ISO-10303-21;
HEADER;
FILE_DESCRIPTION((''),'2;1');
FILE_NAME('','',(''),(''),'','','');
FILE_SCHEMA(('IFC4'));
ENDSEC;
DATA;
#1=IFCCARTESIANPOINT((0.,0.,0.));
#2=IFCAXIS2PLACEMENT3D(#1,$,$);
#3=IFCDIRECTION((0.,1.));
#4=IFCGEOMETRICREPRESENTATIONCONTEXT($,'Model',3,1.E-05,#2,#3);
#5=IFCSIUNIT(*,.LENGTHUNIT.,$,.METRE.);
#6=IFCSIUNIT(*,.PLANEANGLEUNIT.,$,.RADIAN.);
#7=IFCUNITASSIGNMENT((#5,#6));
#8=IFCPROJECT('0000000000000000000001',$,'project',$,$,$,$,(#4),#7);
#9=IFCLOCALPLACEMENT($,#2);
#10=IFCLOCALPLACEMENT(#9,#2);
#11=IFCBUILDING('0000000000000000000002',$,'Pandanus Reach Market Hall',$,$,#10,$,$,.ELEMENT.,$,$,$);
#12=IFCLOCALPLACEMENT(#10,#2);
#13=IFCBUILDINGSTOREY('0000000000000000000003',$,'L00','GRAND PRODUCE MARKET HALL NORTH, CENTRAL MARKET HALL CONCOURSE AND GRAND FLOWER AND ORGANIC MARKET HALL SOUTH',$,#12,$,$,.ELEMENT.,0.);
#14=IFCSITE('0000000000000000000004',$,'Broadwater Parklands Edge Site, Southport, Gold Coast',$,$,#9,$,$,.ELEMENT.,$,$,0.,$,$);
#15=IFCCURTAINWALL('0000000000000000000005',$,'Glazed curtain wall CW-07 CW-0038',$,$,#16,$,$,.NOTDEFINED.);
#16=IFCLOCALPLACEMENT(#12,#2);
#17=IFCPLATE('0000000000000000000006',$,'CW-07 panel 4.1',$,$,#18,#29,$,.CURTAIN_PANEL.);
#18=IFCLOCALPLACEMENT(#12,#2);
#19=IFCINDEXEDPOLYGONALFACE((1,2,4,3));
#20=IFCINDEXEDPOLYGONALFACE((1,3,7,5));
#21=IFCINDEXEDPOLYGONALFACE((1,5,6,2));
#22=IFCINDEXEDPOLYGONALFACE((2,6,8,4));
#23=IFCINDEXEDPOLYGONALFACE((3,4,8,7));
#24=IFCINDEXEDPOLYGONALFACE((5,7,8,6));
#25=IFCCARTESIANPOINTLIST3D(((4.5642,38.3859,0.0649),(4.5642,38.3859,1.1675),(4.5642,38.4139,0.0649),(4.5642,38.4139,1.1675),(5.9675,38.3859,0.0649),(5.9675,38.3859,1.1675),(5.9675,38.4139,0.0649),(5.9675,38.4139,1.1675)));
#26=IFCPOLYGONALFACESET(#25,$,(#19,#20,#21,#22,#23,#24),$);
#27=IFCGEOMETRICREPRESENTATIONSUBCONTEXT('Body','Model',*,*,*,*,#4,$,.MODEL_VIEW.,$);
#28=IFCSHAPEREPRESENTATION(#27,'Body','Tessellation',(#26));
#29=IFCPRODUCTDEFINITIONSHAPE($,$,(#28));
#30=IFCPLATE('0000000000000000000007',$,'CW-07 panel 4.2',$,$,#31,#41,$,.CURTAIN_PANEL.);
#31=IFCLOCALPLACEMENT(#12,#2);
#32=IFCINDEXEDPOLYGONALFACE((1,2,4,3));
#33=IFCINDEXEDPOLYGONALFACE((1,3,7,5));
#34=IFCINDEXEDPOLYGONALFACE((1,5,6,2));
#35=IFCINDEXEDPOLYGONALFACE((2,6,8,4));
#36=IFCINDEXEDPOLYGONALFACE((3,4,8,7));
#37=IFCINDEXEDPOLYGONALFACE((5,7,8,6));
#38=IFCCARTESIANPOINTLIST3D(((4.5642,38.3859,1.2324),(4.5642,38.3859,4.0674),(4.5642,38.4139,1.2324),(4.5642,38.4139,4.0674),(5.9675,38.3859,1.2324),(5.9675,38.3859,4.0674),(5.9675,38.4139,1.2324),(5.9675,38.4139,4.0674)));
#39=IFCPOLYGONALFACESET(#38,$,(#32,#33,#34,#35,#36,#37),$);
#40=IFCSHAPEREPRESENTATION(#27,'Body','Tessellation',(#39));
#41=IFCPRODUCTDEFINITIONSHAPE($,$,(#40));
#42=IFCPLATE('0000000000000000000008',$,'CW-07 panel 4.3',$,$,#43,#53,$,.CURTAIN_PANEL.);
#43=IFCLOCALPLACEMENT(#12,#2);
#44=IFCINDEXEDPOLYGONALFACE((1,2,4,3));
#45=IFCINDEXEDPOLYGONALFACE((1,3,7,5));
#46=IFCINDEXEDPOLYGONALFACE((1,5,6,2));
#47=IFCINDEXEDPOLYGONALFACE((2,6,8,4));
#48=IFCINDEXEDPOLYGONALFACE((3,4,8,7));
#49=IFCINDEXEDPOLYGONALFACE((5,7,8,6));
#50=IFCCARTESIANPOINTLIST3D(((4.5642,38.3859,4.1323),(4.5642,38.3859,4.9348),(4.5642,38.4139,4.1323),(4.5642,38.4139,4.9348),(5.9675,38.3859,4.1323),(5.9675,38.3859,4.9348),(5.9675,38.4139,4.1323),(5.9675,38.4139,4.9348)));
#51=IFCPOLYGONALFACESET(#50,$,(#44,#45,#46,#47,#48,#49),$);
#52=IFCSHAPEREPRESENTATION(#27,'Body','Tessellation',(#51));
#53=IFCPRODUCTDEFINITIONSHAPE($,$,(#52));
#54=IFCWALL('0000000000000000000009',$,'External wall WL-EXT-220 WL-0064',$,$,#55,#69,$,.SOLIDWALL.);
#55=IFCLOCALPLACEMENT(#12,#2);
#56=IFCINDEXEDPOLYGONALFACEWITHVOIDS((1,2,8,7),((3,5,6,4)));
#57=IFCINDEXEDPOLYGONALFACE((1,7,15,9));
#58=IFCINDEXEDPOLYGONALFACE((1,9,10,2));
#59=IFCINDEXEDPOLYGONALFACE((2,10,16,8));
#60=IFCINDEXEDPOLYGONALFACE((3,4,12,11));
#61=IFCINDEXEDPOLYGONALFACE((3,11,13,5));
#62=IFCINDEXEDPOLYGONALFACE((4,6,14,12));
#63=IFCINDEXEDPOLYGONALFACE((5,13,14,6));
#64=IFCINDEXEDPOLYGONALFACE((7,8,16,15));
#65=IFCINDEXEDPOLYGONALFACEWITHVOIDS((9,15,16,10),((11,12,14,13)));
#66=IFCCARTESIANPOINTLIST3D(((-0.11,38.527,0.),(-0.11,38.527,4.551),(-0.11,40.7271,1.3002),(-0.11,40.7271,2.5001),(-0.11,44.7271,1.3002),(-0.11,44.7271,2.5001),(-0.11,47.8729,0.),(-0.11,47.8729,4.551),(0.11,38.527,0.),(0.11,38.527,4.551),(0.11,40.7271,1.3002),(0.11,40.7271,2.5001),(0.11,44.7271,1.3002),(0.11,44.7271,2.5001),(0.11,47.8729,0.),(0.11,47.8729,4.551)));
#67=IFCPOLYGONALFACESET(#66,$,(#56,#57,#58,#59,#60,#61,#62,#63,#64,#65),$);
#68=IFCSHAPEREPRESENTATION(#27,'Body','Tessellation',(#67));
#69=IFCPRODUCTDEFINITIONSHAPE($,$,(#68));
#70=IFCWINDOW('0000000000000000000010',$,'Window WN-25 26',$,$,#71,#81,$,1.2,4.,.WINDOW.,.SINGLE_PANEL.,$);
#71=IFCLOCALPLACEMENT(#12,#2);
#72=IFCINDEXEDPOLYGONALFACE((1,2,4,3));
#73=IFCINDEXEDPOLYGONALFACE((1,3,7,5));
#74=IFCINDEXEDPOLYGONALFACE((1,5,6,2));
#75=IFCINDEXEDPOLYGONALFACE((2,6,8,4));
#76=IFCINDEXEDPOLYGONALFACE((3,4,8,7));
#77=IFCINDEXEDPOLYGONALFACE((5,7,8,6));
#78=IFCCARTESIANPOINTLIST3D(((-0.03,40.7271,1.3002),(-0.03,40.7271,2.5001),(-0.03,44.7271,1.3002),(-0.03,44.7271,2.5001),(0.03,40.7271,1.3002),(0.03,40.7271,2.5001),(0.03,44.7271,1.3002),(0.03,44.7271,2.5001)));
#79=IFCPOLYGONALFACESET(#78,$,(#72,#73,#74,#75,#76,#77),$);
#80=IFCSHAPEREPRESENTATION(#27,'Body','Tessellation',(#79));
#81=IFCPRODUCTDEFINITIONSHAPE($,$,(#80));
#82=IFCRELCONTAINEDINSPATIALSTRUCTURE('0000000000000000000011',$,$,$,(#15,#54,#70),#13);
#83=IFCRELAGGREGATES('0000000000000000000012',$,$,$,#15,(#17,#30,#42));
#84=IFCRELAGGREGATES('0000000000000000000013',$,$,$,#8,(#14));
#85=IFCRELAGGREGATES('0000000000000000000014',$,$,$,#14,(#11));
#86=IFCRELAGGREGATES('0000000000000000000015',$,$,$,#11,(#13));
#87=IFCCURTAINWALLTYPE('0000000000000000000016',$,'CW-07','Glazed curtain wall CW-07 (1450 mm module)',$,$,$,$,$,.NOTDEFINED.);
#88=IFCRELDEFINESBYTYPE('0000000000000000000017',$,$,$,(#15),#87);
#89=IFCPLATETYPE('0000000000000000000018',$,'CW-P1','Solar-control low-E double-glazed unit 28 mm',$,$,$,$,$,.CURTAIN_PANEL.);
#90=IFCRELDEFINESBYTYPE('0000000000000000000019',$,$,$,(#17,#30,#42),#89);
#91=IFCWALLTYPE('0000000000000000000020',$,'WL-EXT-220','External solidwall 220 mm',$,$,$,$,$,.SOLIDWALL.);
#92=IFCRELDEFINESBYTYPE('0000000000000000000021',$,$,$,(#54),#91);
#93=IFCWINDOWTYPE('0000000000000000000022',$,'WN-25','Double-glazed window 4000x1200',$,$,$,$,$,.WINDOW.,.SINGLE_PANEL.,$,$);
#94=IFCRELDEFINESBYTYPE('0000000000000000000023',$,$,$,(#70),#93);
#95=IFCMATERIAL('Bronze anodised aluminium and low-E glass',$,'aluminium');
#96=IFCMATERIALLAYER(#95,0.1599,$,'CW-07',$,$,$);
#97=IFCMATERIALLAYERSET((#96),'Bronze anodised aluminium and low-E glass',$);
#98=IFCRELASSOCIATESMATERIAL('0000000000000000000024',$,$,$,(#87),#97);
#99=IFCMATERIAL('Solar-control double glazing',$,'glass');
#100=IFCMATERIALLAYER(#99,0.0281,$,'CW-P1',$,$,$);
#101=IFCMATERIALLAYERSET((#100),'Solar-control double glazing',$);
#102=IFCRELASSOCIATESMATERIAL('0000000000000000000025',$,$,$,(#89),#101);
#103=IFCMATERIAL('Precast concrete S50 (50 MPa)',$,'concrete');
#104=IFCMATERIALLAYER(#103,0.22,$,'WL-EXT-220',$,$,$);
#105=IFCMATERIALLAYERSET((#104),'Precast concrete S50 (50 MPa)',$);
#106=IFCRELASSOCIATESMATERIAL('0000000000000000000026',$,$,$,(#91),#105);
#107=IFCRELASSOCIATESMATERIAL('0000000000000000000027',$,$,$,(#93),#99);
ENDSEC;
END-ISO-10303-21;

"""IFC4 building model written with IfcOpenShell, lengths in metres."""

from ifc_helpers import new_model, si_unit, direction, frame, frame_2d, origin, origin_2d, place, context, subcontext, project, spatial, rectangle, extrude, material, layer, layer_set, type_object, element, fill, aggregate, save


model = new_model("IFC4")

# Units and contexts
model_context = context("Model", 3, precision=1e-05, world=origin(), true_north=direction((0.0, 1.0)))
body_context = subcontext(model_context, "Body", "Model", "MODEL_VIEW")
ifc_project = project(units=[si_unit("LENGTHUNIT", "METRE"), si_unit("PLANEANGLEUNIT", "RADIAN")], contexts=[model_context])

# Site, building, storey
site_placement = place(None, origin())
site = spatial("IfcSite", under=ifc_project, at=site_placement, Name="Broadwater Parklands Edge Site, Southport, Gold Coast", CompositionType="ELEMENT", RefElevation=0.0)
building_placement = place(site_placement, origin())
building = spatial("IfcBuilding", under=site, at=building_placement, Name="Pandanus Reach Market Hall", CompositionType="ELEMENT")
storey_placement = place(building_placement, origin())
storey = spatial("IfcBuildingStorey", under=building, at=storey_placement, Name="L00", Description="GRAND PRODUCE MARKET HALL NORTH, CENTRAL MARKET HALL CONCOURSE AND GRAND FLOWER AND ORGANIC MARKET HALL SOUTH", CompositionType="ELEMENT", Elevation=0.0)

# Curtain wall
ifc_material_1 = material(Name="Bronze anodised aluminium and low-E glass", Category="aluminium")
ifc_layer_1 = layer(ifc_material_1, 0.1599, Name="CW-07")
ifc_layer_set_1 = layer_set([ifc_layer_1], Name="Bronze anodised aluminium and low-E glass")
curtain_wall_type = type_object("IfcCurtainWallType", Name="CW-07", Description="Glazed curtain wall CW-07 (1450 mm module)", PredefinedType="NOTDEFINED", material=ifc_layer_set_1)
curtain_wall_placement = place(storey_placement, origin())
curtain_wall = element("IfcCurtainWall", 1, at=curtain_wall_placement, inside=storey, type_object=curtain_wall_type, Name="Glazed curtain wall CW-07 CW-0038", PredefinedType="NOTDEFINED")

# Plates
ifc_material_2 = material(Name="Solar-control double glazing", Category="glass")
ifc_layer_2 = layer(ifc_material_2, 0.0281, Name="CW-P1")
ifc_layer_set_2 = layer_set([ifc_layer_2], Name="Solar-control double glazing")
plate_type = type_object("IfcPlateType", Name="CW-P1", Description="Solar-control low-E double-glazed unit 28 mm", PredefinedType="CURTAIN_PANEL", material=ifc_layer_set_2)
plate_1_placement = place(storey_placement, frame((5.2659, 38.3999, 0.0649), z_axis=(0.0, 0.0, 1.0), x_axis=(1.0, 0.0, 0.0)))
plate_1 = element("IfcPlate", 2, at=plate_1_placement, type_object=plate_type, Name="CW-07 panel 4.1", PredefinedType="CURTAIN_PANEL", context=body_context, shape_type="SweptSolid", body=[
    extrude(rectangle(XDim=1.4033, YDim=0.0281, at=origin_2d()), origin(), (0.0, 0.0, 1.0), 1.1025),
])
plate_2_placement = place(storey_placement, frame((5.2659, 38.3999, 1.2324), z_axis=(0.0, 0.0, 1.0), x_axis=(1.0, 0.0, 0.0)))
plate_2 = element("IfcPlate", 3, at=plate_2_placement, type_object=plate_type, Name="CW-07 panel 4.2", PredefinedType="CURTAIN_PANEL", context=body_context, shape_type="SweptSolid", body=[
    extrude(rectangle(XDim=1.4033, YDim=0.0281, at=origin_2d()), origin(), (0.0, 0.0, 1.0), 2.835),
])
plate_3_placement = place(storey_placement, frame((5.2659, 38.3999, 4.1323), z_axis=(0.0, 0.0, 1.0), x_axis=(1.0, 0.0, 0.0)))
plate_3 = element("IfcPlate", 4, at=plate_3_placement, type_object=plate_type, Name="CW-07 panel 4.3", PredefinedType="CURTAIN_PANEL", context=body_context, shape_type="SweptSolid", body=[
    extrude(rectangle(XDim=1.4033, YDim=0.0281, at=origin_2d()), origin(), (0.0, 0.0, 1.0), 0.8025),
])
aggregate(curtain_wall, [plate_1, plate_2, plate_3])

# Wall, opening, window
ifc_material_3 = material(Name="Precast concrete S50 (50 MPa)", Category="concrete")
ifc_layer_3 = layer(ifc_material_3, 0.22, Name="WL-EXT-220")
ifc_layer_set_3 = layer_set([ifc_layer_3], Name="Precast concrete S50 (50 MPa)")
wall_type = type_object("IfcWallType", Name="WL-EXT-220", Description="External solidwall 220 mm", PredefinedType="SOLIDWALL", material=ifc_layer_set_3)
wall_placement = place(storey_placement, frame((0.0, 38.5271, 0.0), z_axis=(0.0, 0.0, 1.0), x_axis=(0.0, 1.0, 0.0)))
wall = element("IfcWall", 5, at=wall_placement, inside=storey, type_object=wall_type, Name="External wall WL-EXT-220 WL-0064", PredefinedType="SOLIDWALL", context=body_context, shape_type="SweptSolid", body=[
    extrude(rectangle(XDim=9.3459, YDim=0.22, at=frame_2d((4.6729, 0.0))), origin(), (0.0, 0.0, 1.0), 4.551),
])
opening_placement = place(wall_placement, frame((2.2, 0.0, 1.3)))
opening = element("IfcOpeningElement", 6, at=opening_placement, cuts=wall, PredefinedType="OPENING", context=body_context, shape_type="SweptSolid", body=[
    extrude(rectangle(XDim=4.0, YDim=1.2, at=frame_2d((2.0, 0.6001))), frame((0.0, 0.125, 0.0), z_axis=(0.0, -1.0, 0.0), x_axis=(1.0, 0.0, 0.0)), (0.0, 0.0, 1.0), 0.25),
])
window_type = type_object("IfcWindowType", Name="WN-25", Description="Double-glazed window 4000x1200", PartitioningType="SINGLE_PANEL", PredefinedType="WINDOW", material=ifc_material_2)
window_placement = place(opening_placement, origin())
window = element("IfcWindow", 7, at=window_placement, inside=storey, type_object=window_type, Name="Window WN-25 26", OverallHeight=1.2, OverallWidth=4.0, PartitioningType="SINGLE_PANEL", PredefinedType="WINDOW", context=body_context, shape_type="SweptSolid", body=[
    extrude(rectangle(XDim=4.0, YDim=1.2, at=frame_2d((2.0, 0.6001))), frame((0.0, 0.03, 0.0), z_axis=(0.0, -1.0, 0.0), x_axis=(1.0, 0.0, 0.0)), (0.0, 0.0, 1.0), 0.0601),
])
fill(opening, window)

save(model, "model.ifc")
